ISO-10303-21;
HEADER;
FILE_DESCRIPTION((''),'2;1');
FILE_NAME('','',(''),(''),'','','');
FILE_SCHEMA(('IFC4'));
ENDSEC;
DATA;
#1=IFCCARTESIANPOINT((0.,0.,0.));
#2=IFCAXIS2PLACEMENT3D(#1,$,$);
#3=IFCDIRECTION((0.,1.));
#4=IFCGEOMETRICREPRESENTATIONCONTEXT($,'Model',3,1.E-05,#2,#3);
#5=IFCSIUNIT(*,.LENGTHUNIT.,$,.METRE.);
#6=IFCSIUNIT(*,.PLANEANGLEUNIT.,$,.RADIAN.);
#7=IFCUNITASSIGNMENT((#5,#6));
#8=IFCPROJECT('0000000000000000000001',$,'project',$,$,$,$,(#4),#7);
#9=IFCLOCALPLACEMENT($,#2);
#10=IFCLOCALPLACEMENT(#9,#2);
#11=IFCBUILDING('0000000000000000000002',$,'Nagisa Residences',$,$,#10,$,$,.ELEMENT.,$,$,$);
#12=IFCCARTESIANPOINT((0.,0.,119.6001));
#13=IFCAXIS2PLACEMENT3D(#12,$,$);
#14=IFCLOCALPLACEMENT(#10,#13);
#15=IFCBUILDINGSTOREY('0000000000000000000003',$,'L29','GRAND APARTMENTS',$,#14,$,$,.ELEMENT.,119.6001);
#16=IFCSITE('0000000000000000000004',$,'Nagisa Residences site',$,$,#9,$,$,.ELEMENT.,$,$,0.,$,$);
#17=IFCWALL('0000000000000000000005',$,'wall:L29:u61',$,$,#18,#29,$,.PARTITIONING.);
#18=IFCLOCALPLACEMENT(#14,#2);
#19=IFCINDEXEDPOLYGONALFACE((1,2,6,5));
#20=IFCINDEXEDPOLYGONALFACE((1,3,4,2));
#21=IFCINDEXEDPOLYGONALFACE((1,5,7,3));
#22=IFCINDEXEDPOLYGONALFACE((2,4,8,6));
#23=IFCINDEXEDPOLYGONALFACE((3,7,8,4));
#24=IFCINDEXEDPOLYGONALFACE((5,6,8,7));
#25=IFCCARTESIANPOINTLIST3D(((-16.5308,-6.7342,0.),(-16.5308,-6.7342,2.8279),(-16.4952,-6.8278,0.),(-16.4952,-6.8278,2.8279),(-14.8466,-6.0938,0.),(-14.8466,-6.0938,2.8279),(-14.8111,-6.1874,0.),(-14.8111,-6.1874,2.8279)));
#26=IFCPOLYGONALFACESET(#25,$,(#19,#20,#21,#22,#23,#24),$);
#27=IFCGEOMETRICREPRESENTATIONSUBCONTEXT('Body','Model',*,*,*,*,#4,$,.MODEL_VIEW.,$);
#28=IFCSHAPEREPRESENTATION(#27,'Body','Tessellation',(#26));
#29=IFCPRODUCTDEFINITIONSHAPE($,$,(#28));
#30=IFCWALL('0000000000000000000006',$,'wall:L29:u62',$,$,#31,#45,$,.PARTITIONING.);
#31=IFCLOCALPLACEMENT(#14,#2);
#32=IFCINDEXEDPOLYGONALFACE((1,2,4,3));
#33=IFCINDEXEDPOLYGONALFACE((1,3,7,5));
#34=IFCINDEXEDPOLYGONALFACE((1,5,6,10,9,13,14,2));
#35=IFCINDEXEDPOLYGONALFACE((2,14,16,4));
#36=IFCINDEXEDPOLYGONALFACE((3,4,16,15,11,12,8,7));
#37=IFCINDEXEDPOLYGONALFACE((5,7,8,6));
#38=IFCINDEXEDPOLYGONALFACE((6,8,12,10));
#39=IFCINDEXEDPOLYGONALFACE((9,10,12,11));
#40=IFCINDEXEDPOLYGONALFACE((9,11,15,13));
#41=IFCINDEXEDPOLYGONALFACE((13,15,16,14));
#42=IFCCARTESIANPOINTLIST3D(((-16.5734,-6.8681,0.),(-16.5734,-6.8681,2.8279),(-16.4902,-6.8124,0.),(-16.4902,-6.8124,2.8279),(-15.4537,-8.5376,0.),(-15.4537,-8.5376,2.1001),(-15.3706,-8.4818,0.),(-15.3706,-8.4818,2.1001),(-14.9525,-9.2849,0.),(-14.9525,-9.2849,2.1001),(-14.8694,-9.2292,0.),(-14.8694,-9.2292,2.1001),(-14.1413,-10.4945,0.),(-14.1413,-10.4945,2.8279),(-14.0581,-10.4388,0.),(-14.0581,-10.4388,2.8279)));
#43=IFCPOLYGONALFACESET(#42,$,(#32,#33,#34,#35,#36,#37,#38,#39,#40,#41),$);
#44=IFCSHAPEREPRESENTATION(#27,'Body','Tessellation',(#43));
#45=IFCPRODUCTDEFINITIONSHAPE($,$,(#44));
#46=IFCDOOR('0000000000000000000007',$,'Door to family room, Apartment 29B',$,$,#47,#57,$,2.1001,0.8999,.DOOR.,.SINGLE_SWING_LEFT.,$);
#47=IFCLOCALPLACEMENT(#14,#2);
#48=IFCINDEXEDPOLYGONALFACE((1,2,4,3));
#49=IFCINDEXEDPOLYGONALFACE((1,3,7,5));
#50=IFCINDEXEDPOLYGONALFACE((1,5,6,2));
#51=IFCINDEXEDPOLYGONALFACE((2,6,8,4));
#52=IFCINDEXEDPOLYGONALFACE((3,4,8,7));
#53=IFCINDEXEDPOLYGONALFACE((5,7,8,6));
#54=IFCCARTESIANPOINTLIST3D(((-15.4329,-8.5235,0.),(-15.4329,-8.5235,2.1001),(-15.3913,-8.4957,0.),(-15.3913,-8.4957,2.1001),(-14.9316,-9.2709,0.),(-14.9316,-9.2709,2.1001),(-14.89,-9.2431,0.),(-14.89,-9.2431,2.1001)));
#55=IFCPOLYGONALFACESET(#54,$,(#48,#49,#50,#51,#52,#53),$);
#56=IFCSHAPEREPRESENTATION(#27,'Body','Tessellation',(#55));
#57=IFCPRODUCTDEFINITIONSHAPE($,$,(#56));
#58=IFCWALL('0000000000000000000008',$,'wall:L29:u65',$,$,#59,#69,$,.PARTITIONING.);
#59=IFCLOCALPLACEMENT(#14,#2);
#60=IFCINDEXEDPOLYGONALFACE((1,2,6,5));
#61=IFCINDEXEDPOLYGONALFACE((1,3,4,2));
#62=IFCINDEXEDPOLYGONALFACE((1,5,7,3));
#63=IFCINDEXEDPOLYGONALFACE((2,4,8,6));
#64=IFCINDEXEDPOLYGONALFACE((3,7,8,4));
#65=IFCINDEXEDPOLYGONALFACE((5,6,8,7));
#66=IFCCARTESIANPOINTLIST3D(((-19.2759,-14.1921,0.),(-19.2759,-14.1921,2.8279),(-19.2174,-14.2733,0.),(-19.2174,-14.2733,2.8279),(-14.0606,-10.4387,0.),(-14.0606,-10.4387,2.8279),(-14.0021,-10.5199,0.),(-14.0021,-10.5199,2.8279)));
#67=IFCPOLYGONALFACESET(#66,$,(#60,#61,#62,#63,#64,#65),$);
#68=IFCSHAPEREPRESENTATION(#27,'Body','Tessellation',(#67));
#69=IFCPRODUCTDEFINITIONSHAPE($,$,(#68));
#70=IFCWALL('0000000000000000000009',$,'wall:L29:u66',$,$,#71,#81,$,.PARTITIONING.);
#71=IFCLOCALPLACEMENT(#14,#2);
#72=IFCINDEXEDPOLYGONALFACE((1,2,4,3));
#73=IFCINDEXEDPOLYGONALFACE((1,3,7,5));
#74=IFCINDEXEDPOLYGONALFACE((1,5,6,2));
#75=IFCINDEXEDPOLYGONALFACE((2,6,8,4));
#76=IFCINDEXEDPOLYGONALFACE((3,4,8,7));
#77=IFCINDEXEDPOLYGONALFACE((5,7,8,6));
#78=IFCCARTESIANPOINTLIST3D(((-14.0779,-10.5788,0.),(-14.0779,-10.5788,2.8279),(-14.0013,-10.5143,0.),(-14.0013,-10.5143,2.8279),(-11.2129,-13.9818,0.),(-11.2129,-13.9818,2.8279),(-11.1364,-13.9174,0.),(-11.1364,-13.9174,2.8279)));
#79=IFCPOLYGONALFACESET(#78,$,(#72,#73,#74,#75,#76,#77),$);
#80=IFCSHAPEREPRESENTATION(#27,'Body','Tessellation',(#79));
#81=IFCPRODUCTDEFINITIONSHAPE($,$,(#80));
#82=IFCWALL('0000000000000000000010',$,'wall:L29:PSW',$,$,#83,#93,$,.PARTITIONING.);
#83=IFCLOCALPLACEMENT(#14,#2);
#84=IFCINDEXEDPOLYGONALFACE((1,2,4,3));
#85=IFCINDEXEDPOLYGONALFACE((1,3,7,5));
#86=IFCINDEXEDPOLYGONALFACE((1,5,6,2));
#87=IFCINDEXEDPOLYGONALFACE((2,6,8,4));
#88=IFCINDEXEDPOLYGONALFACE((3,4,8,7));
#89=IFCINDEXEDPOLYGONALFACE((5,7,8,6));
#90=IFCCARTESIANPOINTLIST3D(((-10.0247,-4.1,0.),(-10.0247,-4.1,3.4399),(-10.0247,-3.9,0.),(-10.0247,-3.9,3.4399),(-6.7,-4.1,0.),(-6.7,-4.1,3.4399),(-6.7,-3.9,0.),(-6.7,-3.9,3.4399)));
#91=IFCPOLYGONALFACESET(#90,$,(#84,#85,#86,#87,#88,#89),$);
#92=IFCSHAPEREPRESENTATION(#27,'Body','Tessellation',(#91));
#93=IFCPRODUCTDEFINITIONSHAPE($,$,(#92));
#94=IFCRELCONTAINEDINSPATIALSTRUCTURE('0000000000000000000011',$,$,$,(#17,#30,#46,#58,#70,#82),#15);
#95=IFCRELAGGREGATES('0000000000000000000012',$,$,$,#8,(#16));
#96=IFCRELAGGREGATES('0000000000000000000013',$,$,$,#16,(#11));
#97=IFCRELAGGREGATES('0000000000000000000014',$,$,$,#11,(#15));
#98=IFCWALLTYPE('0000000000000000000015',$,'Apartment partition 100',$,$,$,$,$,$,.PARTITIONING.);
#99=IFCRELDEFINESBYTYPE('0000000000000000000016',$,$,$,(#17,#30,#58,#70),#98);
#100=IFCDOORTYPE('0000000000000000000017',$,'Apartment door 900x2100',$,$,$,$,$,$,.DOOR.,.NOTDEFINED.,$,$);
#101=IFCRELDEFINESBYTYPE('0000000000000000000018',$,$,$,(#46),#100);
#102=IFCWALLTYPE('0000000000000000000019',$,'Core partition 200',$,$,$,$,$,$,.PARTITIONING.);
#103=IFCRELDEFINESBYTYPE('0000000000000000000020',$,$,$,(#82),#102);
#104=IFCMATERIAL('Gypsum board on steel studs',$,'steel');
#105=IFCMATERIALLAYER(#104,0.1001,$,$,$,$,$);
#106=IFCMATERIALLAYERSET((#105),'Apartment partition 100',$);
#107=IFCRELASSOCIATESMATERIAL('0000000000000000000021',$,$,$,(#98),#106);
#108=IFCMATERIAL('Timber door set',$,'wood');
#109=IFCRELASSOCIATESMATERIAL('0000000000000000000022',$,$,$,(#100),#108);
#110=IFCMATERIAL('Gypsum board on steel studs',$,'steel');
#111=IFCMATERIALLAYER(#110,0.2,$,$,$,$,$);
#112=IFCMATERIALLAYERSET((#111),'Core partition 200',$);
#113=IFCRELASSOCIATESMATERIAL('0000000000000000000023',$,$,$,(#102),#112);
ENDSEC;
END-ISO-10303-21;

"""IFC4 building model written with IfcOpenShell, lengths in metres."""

from ifc_helpers import new_model, si_unit, direction, frame, frame_2d, origin, place, context, subcontext, project, spatial, rectangle, extrude, material, layer, layer_set, type_object, element, fill, save


model = new_model("IFC4")

# Units and contexts
model_context = context("Model", 3, precision=1e-05, world=origin(), true_north=direction((0.0, 1.0)))
body_context = subcontext(model_context, "Body", "Model", "MODEL_VIEW")
ifc_project = project(units=[si_unit("LENGTHUNIT", "METRE"), si_unit("PLANEANGLEUNIT", "RADIAN")], contexts=[model_context])

# Site, building, storey
site_placement = place(None, origin())
site = spatial("IfcSite", under=ifc_project, at=site_placement, Name="Nagisa Residences site", CompositionType="ELEMENT", RefElevation=0.0)
building_placement = place(site_placement, origin())
building = spatial("IfcBuilding", under=site, at=building_placement, Name="Nagisa Residences", CompositionType="ELEMENT")
storey_placement = place(building_placement, frame((0.0, 0.0, 119.6001)))
storey = spatial("IfcBuildingStorey", under=building, at=storey_placement, Name="L29", Description="GRAND APARTMENTS", CompositionType="ELEMENT", Elevation=119.6001)

# Shared definitions
ifc_material_1 = material(Name="Gypsum board on steel studs", Category="steel")
ifc_layer_1 = layer(ifc_material_1, 0.1001)
ifc_layer_set_1 = layer_set([ifc_layer_1], Name="Apartment partition 100")
wall_type_1 = type_object("IfcWallType", Name="Apartment partition 100", PredefinedType="PARTITIONING", material=ifc_layer_set_1)
ifc_material_2 = material(Name="Timber door set", Category="wood")
door_type_1 = type_object("IfcDoorType", Name="Apartment door 900x2100", OperationType="NOTDEFINED", PredefinedType="DOOR", material=ifc_material_2)

# Wall
wall_1_placement = place(storey_placement, frame((-14.8289, -6.1406, 0.0), z_axis=(0.0, 0.0, 1.0), x_axis=(-0.934704, -0.355426, 0.0)))
element("IfcWall", 1, at=wall_1_placement, inside=storey, type_object=wall_type_1, Name="wall:L29:u61", PredefinedType="PARTITIONING", context=body_context, shape_type="SweptSolid", body=[
    extrude(rectangle(XDim=1.8018, YDim=0.1001, at=frame_2d((0.9009, 0.0))), origin(), (0.0, 0.0, 1.0), 2.8279),
])

# Wall, opening, door
wall_2_placement = place(storey_placement, frame((-16.5317, -6.8403, 0.0), z_axis=(0.0, 0.0, 1.0), x_axis=(0.556995, -0.830516, 0.0)))
wall_2 = element("IfcWall", 2, at=wall_2_placement, inside=storey, type_object=wall_type_1, Name="wall:L29:u62", PredefinedType="PARTITIONING", context=body_context, shape_type="SweptSolid", body=[
    extrude(rectangle(XDim=4.3665, YDim=0.1001, at=frame_2d((2.1831, 0.0))), origin(), (0.0, 0.0, 1.0), 2.8279),
])
opening_1_placement = place(wall_2_placement, frame((2.01, 0.0, 0.0)))
opening_1 = element("IfcOpeningElement", 3, at=opening_1_placement, cuts=wall_2, PredefinedType="OPENING", context=body_context, shape_type="SweptSolid", body=[
    extrude(rectangle(XDim=0.8999, YDim=2.1001, at=frame_2d((0.45, 1.05))), frame((0.0, 0.0601, 0.0), z_axis=(0.0, -1.0, 0.0), x_axis=(1.0, 0.0, 0.0)), (0.0, 0.0, 1.0), 0.1201),
])
door_1_placement = place(opening_1_placement, frame((0.8999, 0.0, 0.0), x_axis=(-1.0, 0.0, 0.0)))
door_1 = element("IfcDoor", 4, at=door_1_placement, inside=storey, type_object=door_type_1, Name="Door to family room, Apartment 29B", OperationType="SINGLE_SWING_LEFT", OverallHeight=2.1001, OverallWidth=0.8999, PredefinedType="DOOR", context=body_context, shape_type="SweptSolid", body=[
    extrude(rectangle(XDim=0.8999, YDim=2.1001, at=frame_2d((0.45, 1.05))), frame((0.0, 0.0249, 0.0), z_axis=(0.0, -1.0, 0.0), x_axis=(1.0, 0.0, 0.0)), (0.0, 0.0, 1.0), 0.05),
])
fill(opening_1, door_1)

# Walls
wall_3_placement = place(storey_placement, frame((-14.0312, -10.4792, 0.0), z_axis=(0.0, 0.0, 1.0), x_axis=(-0.811654, -0.584139, 0.0)))
element("IfcWall", 5, at=wall_3_placement, inside=storey, type_object=wall_type_1, Name="wall:L29:u65", PredefinedType="PARTITIONING", context=body_context, shape_type="SweptSolid", body=[
    extrude(rectangle(XDim=6.4255, YDim=0.1001, at=frame_2d((3.2129, 0.0))), origin(), (0.0, 0.0, 1.0), 2.8279),
])
wall_4_placement = place(storey_placement, frame((-14.0396, -10.5466, 0.0), z_axis=(0.0, 0.0, 1.0), x_axis=(0.644036, -0.764995, 0.0)))
element("IfcWall", 6, at=wall_4_placement, inside=storey, type_object=wall_type_1, Name="wall:L29:u66", PredefinedType="PARTITIONING", context=body_context, shape_type="SweptSolid", body=[
    extrude(rectangle(XDim=4.4485, YDim=0.1001, at=frame_2d((2.2241, 0.0))), origin(), (0.0, 0.0, 1.0), 2.8279),
])
ifc_material_3 = material(Name="Gypsum board on steel studs", Category="steel")
ifc_layer_2 = layer(ifc_material_3, 0.2)
ifc_layer_set_2 = layer_set([ifc_layer_2], Name="Core partition 200")
wall_type_2 = type_object("IfcWallType", Name="Core partition 200", PredefinedType="PARTITIONING", material=ifc_layer_set_2)
wall_5_placement = place(storey_placement, frame((-10.0247, -4.0, 0.0), z_axis=(0.0, 0.0, 1.0), x_axis=(1.0, 0.0, 0.0)))
element("IfcWall", 7, at=wall_5_placement, inside=storey, type_object=wall_type_2, Name="wall:L29:PSW", PredefinedType="PARTITIONING", context=body_context, shape_type="SweptSolid", body=[
    extrude(rectangle(XDim=3.3247, YDim=0.2, at=frame_2d((1.6624, 0.0))), origin(), (0.0, 0.0, 1.0), 3.4399),
])

save(model, "model.ifc")
